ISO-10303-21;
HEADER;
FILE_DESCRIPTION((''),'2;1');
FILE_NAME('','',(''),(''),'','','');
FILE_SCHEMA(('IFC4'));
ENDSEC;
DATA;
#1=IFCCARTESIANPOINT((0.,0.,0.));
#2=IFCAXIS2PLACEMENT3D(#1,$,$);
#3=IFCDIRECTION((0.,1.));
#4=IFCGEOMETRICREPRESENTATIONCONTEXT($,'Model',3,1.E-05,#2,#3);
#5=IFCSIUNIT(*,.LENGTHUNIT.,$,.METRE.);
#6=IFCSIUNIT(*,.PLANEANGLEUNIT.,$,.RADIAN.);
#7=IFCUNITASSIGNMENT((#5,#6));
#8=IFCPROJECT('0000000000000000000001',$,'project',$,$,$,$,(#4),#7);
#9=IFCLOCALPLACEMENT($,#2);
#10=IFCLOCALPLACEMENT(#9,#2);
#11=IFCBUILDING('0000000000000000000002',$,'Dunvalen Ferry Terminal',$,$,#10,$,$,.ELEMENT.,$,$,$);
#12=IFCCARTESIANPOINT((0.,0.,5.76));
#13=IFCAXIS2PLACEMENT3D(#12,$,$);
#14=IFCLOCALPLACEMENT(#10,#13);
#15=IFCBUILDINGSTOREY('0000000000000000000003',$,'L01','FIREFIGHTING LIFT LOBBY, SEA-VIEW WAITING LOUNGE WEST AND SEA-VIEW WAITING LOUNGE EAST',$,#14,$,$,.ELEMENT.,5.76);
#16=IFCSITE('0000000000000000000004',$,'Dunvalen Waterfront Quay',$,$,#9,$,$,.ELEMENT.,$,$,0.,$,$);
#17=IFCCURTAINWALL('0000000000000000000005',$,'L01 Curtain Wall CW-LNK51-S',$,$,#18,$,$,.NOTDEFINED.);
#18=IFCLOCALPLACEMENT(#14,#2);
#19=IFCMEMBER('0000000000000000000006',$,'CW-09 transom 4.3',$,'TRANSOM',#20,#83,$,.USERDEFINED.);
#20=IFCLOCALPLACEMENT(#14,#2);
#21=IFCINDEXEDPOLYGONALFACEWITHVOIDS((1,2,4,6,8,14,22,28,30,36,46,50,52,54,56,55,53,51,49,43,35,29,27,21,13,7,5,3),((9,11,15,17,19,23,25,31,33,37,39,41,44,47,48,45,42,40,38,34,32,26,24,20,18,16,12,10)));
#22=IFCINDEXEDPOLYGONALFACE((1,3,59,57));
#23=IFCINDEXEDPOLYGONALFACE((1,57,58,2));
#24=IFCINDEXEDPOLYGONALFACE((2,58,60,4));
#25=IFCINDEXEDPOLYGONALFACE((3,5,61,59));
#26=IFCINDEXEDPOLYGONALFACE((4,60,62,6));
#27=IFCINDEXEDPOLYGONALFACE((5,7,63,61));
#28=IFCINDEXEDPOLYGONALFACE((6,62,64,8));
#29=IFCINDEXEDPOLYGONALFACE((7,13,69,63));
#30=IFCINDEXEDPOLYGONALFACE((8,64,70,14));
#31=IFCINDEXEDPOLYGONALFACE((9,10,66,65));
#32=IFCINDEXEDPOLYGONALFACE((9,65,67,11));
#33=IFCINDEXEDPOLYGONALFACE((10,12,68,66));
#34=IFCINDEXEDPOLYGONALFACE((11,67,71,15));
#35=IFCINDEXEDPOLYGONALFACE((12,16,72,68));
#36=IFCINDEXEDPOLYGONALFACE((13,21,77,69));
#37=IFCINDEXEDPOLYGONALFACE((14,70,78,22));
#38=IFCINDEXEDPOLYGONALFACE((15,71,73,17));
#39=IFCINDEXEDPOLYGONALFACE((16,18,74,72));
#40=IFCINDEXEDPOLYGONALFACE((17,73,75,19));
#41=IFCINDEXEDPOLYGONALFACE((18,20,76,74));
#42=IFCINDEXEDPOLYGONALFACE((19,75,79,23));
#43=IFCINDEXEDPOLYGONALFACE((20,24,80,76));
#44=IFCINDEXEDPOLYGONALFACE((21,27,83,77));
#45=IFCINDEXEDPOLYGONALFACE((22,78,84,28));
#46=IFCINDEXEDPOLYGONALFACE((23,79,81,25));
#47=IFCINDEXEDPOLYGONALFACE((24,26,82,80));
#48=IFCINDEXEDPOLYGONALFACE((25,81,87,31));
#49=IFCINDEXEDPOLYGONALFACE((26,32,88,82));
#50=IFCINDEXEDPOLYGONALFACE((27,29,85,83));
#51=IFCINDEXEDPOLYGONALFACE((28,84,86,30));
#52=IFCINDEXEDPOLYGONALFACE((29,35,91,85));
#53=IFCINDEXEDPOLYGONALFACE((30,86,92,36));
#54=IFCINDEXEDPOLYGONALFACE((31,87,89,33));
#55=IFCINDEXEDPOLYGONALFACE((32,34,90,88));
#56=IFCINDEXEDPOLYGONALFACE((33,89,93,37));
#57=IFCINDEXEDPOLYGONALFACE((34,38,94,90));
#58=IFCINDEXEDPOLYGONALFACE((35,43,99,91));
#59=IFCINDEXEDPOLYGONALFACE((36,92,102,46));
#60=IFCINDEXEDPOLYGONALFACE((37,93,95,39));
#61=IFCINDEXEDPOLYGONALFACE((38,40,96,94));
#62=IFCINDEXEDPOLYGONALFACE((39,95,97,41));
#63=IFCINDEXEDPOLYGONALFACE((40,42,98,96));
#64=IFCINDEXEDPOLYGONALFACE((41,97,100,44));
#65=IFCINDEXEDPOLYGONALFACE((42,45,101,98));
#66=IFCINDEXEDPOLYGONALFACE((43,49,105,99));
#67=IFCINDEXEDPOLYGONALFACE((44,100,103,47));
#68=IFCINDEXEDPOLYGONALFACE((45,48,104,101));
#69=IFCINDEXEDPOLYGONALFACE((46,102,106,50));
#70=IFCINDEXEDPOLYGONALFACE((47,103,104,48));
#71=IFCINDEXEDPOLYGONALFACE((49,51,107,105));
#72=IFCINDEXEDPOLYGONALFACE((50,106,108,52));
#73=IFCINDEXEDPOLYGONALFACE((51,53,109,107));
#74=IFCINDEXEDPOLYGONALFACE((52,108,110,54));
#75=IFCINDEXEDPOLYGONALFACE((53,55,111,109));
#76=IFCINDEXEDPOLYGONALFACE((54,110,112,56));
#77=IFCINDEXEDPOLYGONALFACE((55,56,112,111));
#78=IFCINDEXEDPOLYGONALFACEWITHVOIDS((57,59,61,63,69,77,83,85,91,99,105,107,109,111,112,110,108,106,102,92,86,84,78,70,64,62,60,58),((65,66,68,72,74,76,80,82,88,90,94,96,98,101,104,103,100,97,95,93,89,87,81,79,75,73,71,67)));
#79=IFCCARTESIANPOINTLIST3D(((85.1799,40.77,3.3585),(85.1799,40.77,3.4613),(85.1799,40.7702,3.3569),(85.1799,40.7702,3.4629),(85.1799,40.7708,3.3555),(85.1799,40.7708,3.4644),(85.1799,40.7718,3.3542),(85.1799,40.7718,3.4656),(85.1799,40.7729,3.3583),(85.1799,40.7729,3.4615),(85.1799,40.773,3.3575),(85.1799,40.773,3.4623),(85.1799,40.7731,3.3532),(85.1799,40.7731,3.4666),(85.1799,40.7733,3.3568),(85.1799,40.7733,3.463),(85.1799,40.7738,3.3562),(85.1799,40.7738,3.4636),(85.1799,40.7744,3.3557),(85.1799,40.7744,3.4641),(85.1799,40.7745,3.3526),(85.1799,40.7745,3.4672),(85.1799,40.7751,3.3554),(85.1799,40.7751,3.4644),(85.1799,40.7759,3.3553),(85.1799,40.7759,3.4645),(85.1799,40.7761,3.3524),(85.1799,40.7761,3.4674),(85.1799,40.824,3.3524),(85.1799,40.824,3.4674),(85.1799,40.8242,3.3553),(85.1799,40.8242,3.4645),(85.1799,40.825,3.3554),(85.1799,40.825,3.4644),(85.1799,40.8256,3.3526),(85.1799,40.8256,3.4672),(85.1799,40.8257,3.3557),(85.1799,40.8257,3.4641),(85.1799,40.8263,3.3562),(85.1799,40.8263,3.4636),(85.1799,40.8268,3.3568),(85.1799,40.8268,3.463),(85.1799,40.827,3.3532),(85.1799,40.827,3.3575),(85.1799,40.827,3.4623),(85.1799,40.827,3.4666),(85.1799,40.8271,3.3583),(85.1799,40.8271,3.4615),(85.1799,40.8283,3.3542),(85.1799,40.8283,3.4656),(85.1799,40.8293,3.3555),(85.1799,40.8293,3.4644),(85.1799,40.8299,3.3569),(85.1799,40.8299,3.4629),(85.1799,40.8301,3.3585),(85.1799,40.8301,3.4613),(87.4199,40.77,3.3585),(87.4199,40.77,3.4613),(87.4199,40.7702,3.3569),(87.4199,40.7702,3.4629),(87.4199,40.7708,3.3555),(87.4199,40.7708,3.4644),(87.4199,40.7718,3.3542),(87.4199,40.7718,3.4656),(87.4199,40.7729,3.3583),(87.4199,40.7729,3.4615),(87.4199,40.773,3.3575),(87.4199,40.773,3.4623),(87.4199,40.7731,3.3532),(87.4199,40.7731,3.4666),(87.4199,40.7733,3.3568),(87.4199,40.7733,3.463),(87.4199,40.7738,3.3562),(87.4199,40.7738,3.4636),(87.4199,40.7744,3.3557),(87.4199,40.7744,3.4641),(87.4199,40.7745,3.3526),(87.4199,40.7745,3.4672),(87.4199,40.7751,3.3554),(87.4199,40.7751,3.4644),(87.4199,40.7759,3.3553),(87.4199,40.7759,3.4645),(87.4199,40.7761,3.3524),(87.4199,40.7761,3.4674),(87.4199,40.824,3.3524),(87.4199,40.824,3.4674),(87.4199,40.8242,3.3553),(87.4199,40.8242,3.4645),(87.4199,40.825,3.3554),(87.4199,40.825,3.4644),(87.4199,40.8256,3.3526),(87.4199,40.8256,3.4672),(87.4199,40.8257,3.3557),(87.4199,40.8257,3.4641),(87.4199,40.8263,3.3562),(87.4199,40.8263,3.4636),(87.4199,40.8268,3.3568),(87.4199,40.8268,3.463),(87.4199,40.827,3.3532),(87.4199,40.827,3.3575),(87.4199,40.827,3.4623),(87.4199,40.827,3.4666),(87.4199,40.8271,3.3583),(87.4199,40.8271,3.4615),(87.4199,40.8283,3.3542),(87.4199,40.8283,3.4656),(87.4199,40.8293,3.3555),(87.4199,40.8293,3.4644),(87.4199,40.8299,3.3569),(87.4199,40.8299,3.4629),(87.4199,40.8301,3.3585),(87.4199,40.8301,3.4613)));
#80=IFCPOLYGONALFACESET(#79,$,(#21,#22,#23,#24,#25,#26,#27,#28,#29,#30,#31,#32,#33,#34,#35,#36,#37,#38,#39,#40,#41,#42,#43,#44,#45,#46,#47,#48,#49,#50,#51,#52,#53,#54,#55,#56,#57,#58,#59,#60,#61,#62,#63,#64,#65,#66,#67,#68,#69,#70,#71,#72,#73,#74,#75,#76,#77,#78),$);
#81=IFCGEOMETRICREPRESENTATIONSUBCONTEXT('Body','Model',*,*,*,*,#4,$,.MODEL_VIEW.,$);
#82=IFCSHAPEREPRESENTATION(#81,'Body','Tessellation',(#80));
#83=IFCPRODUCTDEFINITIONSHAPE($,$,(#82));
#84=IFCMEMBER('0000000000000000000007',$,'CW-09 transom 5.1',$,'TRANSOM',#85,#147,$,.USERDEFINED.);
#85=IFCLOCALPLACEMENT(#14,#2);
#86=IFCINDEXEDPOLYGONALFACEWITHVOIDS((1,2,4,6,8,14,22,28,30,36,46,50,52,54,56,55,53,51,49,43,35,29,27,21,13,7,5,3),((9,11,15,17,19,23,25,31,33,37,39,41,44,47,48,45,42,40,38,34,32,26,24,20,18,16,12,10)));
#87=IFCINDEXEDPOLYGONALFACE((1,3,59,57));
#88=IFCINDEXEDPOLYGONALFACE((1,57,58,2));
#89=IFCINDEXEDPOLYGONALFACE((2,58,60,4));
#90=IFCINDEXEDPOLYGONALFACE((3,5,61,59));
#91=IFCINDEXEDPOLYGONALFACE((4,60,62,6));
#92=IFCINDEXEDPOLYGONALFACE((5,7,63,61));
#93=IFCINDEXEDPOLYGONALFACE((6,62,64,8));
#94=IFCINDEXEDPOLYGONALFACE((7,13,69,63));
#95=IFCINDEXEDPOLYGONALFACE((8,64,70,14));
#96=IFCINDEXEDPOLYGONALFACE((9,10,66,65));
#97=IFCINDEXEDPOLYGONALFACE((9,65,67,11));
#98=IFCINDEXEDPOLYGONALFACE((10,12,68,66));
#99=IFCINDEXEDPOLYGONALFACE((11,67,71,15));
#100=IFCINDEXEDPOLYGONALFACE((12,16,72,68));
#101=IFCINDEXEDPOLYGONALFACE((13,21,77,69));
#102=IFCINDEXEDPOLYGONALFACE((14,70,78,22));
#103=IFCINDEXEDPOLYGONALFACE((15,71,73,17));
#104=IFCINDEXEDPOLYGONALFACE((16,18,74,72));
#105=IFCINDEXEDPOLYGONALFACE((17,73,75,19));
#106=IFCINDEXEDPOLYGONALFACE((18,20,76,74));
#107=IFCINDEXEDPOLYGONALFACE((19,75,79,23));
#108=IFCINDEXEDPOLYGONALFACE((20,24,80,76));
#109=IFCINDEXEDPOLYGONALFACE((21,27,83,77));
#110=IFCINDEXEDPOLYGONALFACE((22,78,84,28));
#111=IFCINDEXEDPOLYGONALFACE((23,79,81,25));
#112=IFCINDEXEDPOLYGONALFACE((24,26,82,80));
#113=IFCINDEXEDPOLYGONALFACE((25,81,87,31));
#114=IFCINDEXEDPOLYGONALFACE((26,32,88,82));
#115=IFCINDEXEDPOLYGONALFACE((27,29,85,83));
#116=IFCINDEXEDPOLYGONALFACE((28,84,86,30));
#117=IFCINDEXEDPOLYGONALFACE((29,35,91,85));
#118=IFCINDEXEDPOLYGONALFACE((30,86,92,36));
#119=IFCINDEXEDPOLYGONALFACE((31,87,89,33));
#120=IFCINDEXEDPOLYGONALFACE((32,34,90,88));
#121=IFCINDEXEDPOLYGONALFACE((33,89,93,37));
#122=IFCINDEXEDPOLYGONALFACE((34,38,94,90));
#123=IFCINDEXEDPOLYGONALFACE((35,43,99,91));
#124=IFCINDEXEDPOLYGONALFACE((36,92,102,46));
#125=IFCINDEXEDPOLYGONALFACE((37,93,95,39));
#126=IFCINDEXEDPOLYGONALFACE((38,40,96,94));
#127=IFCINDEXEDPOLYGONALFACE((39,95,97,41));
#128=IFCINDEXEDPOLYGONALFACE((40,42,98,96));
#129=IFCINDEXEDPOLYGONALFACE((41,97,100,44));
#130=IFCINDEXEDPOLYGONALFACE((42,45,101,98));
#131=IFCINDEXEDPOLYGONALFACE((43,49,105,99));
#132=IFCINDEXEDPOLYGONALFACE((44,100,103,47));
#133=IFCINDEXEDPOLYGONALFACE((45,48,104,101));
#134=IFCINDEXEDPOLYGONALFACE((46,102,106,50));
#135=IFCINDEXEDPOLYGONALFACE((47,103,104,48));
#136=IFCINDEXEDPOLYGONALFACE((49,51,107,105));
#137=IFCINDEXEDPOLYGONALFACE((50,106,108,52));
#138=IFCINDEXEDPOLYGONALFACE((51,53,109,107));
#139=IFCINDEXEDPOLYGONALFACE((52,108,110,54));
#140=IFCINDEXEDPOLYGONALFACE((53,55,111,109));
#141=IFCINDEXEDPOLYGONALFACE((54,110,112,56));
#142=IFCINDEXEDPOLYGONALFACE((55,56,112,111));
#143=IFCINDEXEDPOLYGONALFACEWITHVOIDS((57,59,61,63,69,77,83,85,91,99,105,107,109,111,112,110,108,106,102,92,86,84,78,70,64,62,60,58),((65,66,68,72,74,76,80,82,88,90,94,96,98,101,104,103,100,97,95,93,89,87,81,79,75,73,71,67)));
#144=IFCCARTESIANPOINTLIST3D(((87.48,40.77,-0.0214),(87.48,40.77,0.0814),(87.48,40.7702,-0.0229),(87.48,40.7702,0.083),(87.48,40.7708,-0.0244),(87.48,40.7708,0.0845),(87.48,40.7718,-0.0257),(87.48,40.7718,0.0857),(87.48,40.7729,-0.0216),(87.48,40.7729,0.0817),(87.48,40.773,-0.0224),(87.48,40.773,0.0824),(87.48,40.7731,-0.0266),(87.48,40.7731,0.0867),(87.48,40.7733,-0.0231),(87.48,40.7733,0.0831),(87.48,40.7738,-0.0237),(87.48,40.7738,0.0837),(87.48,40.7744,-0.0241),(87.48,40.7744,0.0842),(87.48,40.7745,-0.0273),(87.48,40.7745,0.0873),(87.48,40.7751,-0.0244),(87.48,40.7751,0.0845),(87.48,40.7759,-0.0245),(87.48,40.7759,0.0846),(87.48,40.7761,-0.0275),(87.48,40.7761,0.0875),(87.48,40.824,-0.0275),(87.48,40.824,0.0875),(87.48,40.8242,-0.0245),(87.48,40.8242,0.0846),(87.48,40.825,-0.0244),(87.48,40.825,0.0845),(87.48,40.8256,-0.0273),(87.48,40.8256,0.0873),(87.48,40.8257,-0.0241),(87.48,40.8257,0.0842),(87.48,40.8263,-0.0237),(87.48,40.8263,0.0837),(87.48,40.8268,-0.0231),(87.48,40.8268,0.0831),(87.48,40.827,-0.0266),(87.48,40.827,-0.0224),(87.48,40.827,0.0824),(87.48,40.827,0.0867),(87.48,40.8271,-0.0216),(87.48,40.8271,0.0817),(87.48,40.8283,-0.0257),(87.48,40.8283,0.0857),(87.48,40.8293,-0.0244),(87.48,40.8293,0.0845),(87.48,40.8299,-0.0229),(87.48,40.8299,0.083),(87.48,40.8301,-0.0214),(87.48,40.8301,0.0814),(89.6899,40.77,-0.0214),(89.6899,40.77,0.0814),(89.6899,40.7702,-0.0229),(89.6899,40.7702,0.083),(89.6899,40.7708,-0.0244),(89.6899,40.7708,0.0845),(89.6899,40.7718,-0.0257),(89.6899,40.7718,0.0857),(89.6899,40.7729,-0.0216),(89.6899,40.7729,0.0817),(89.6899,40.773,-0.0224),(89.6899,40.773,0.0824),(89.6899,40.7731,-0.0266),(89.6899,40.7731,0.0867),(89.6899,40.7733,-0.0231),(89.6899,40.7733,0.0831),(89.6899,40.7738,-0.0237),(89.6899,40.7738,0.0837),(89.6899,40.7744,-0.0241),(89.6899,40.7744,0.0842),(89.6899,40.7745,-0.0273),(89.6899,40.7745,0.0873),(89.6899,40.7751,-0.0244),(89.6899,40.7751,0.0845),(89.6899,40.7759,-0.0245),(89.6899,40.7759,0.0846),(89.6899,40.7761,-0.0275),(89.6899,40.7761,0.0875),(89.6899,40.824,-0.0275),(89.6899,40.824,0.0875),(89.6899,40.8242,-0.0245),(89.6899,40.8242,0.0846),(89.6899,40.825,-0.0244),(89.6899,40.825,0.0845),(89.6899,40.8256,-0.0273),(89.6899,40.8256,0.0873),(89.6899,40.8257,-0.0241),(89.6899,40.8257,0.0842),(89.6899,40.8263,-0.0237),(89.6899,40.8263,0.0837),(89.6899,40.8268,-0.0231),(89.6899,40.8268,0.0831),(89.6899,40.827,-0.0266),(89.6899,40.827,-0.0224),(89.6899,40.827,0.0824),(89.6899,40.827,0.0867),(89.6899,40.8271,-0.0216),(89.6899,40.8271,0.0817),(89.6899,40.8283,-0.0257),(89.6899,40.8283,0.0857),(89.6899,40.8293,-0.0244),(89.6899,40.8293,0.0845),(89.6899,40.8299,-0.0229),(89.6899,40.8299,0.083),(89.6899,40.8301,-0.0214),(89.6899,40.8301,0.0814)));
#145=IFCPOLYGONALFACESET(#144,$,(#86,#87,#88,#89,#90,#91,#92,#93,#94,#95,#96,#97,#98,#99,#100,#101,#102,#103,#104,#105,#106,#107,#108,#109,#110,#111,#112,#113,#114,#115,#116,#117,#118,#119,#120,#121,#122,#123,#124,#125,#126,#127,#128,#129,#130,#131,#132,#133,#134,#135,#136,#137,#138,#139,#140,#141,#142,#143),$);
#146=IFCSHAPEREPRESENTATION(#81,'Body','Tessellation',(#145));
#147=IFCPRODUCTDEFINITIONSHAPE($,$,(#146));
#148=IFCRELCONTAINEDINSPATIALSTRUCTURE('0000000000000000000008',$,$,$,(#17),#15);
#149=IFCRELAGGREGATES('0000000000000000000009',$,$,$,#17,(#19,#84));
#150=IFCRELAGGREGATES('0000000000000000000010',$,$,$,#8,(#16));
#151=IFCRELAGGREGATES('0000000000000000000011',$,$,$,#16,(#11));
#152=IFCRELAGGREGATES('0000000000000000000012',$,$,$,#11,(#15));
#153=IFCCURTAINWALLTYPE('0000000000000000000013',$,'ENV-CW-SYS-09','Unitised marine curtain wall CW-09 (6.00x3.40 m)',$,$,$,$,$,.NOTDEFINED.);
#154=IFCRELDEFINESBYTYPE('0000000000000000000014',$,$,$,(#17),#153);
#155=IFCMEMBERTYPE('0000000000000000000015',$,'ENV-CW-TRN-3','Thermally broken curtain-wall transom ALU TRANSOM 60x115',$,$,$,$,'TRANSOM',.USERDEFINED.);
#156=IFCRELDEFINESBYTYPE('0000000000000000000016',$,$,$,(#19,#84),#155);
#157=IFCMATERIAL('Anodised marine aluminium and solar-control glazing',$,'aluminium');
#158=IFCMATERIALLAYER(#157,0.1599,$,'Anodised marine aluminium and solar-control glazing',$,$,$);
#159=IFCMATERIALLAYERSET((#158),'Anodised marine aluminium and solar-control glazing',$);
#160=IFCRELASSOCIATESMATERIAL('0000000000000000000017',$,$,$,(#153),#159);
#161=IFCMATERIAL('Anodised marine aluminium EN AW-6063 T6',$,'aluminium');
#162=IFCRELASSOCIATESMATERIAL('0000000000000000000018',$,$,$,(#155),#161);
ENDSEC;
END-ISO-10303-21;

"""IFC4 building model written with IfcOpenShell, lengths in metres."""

from ifc_helpers import new_model, si_unit, direction, frame, origin, origin_2d, place, context, subcontext, project, spatial, hollow_rectangle, extrude, material, layer, layer_set, material_profile, profile_set, type_object, element, aggregate, save


model = new_model("IFC4")

# Units and contexts
model_context = context("Model", 3, precision=1e-05, world=origin(), true_north=direction((0.0, 1.0)))
body_context = subcontext(model_context, "Body", "Model", "MODEL_VIEW")
ifc_project = project(units=[si_unit("LENGTHUNIT", "METRE"), si_unit("PLANEANGLEUNIT", "RADIAN")], contexts=[model_context])

# Site, building, storey
site_placement = place(None, origin())
site = spatial("IfcSite", under=ifc_project, at=site_placement, Name="Dunvalen Waterfront Quay", CompositionType="ELEMENT", RefElevation=0.0)
building_placement = place(site_placement, origin())
building = spatial("IfcBuilding", under=site, at=building_placement, Name="Dunvalen Ferry Terminal", CompositionType="ELEMENT")
storey_placement = place(building_placement, frame((0.0, 0.0, 5.76)))
storey = spatial("IfcBuildingStorey", under=building, at=storey_placement, Name="L01", Description="FIREFIGHTING LIFT LOBBY, SEA-VIEW WAITING LOUNGE WEST AND SEA-VIEW WAITING LOUNGE EAST", CompositionType="ELEMENT", Elevation=5.76)

# Shared definitions
ifc_material_1 = material(Name="Anodised marine aluminium and solar-control glazing", Category="aluminium")
ifc_material_2 = material(Name="Anodised marine aluminium EN AW-6063 T6", Category="aluminium")

# Curtain wall
ifc_layer_1 = layer(ifc_material_1, 0.1599, Name="Anodised marine aluminium and solar-control glazing")
ifc_layer_set_1 = layer_set([ifc_layer_1], Name="Anodised marine aluminium and solar-control glazing")
curtain_wall_type_1 = type_object("IfcCurtainWallType", Name="ENV-CW-SYS-09", Description="Unitised marine curtain wall CW-09 (6.00x3.40 m)", PredefinedType="NOTDEFINED", material=ifc_layer_set_1)
curtain_wall_1_placement = place(storey_placement, origin())
curtain_wall_1 = element("IfcCurtainWall", 1, at=curtain_wall_1_placement, inside=storey, type_object=curtain_wall_type_1, Name="L01 Curtain Wall CW-LNK51-S", PredefinedType="NOTDEFINED")

# Members
ifc_material_profile_1 = material_profile(ifc_material_2, hollow_rectangle(XDim=0.0601, YDim=0.115, WallThickness=0.0029, InnerFilletRadius=0.0029, OuterFilletRadius=0.0061, at=origin_2d()), Name="Anodised marine aluminium EN AW-6063 T6")
ifc_profile_set_1 = profile_set([ifc_material_profile_1], Name="Anodised marine aluminium EN AW-6063 T6")
member_type_1 = type_object("IfcMemberType", Name="ENV-CW-TRN-3", Description="Thermally broken curtain-wall transom ALU TRANSOM 60x115", ElementType="TRANSOM", PredefinedType="USERDEFINED", material=ifc_profile_set_1)
member_1_placement = place(storey_placement, frame((85.1799, 40.8, 3.4099), z_axis=(1.0, 0.0, 0.0), x_axis=(0.0, 1.0, 0.0)))
member_1 = element("IfcMember", 2, at=member_1_placement, type_object=member_type_1, Name="CW-09 transom 4.3", ObjectType="TRANSOM", PredefinedType="USERDEFINED", context=body_context, shape_type="SweptSolid", body=[
    extrude(hollow_rectangle(XDim=0.0601, YDim=0.115, WallThickness=0.0029, InnerFilletRadius=0.0029, OuterFilletRadius=0.0061, at=origin_2d()), origin(), (0.0, 0.0, 1.0), 2.24),
])
member_2_placement = place(storey_placement, frame((87.48, 40.8, 0.03), z_axis=(1.0, 0.0, 0.0), x_axis=(0.0, 1.0, 0.0)))
member_2 = element("IfcMember", 3, at=member_2_placement, type_object=member_type_1, Name="CW-09 transom 5.1", ObjectType="TRANSOM", PredefinedType="USERDEFINED", context=body_context, shape_type="SweptSolid", body=[
    extrude(hollow_rectangle(XDim=0.0601, YDim=0.115, WallThickness=0.0029, InnerFilletRadius=0.0029, OuterFilletRadius=0.0061, at=origin_2d()), origin(), (0.0, 0.0, 1.0), 2.21),
])

aggregate(curtain_wall_1, [member_1, member_2])

save(model, "model.ifc")
